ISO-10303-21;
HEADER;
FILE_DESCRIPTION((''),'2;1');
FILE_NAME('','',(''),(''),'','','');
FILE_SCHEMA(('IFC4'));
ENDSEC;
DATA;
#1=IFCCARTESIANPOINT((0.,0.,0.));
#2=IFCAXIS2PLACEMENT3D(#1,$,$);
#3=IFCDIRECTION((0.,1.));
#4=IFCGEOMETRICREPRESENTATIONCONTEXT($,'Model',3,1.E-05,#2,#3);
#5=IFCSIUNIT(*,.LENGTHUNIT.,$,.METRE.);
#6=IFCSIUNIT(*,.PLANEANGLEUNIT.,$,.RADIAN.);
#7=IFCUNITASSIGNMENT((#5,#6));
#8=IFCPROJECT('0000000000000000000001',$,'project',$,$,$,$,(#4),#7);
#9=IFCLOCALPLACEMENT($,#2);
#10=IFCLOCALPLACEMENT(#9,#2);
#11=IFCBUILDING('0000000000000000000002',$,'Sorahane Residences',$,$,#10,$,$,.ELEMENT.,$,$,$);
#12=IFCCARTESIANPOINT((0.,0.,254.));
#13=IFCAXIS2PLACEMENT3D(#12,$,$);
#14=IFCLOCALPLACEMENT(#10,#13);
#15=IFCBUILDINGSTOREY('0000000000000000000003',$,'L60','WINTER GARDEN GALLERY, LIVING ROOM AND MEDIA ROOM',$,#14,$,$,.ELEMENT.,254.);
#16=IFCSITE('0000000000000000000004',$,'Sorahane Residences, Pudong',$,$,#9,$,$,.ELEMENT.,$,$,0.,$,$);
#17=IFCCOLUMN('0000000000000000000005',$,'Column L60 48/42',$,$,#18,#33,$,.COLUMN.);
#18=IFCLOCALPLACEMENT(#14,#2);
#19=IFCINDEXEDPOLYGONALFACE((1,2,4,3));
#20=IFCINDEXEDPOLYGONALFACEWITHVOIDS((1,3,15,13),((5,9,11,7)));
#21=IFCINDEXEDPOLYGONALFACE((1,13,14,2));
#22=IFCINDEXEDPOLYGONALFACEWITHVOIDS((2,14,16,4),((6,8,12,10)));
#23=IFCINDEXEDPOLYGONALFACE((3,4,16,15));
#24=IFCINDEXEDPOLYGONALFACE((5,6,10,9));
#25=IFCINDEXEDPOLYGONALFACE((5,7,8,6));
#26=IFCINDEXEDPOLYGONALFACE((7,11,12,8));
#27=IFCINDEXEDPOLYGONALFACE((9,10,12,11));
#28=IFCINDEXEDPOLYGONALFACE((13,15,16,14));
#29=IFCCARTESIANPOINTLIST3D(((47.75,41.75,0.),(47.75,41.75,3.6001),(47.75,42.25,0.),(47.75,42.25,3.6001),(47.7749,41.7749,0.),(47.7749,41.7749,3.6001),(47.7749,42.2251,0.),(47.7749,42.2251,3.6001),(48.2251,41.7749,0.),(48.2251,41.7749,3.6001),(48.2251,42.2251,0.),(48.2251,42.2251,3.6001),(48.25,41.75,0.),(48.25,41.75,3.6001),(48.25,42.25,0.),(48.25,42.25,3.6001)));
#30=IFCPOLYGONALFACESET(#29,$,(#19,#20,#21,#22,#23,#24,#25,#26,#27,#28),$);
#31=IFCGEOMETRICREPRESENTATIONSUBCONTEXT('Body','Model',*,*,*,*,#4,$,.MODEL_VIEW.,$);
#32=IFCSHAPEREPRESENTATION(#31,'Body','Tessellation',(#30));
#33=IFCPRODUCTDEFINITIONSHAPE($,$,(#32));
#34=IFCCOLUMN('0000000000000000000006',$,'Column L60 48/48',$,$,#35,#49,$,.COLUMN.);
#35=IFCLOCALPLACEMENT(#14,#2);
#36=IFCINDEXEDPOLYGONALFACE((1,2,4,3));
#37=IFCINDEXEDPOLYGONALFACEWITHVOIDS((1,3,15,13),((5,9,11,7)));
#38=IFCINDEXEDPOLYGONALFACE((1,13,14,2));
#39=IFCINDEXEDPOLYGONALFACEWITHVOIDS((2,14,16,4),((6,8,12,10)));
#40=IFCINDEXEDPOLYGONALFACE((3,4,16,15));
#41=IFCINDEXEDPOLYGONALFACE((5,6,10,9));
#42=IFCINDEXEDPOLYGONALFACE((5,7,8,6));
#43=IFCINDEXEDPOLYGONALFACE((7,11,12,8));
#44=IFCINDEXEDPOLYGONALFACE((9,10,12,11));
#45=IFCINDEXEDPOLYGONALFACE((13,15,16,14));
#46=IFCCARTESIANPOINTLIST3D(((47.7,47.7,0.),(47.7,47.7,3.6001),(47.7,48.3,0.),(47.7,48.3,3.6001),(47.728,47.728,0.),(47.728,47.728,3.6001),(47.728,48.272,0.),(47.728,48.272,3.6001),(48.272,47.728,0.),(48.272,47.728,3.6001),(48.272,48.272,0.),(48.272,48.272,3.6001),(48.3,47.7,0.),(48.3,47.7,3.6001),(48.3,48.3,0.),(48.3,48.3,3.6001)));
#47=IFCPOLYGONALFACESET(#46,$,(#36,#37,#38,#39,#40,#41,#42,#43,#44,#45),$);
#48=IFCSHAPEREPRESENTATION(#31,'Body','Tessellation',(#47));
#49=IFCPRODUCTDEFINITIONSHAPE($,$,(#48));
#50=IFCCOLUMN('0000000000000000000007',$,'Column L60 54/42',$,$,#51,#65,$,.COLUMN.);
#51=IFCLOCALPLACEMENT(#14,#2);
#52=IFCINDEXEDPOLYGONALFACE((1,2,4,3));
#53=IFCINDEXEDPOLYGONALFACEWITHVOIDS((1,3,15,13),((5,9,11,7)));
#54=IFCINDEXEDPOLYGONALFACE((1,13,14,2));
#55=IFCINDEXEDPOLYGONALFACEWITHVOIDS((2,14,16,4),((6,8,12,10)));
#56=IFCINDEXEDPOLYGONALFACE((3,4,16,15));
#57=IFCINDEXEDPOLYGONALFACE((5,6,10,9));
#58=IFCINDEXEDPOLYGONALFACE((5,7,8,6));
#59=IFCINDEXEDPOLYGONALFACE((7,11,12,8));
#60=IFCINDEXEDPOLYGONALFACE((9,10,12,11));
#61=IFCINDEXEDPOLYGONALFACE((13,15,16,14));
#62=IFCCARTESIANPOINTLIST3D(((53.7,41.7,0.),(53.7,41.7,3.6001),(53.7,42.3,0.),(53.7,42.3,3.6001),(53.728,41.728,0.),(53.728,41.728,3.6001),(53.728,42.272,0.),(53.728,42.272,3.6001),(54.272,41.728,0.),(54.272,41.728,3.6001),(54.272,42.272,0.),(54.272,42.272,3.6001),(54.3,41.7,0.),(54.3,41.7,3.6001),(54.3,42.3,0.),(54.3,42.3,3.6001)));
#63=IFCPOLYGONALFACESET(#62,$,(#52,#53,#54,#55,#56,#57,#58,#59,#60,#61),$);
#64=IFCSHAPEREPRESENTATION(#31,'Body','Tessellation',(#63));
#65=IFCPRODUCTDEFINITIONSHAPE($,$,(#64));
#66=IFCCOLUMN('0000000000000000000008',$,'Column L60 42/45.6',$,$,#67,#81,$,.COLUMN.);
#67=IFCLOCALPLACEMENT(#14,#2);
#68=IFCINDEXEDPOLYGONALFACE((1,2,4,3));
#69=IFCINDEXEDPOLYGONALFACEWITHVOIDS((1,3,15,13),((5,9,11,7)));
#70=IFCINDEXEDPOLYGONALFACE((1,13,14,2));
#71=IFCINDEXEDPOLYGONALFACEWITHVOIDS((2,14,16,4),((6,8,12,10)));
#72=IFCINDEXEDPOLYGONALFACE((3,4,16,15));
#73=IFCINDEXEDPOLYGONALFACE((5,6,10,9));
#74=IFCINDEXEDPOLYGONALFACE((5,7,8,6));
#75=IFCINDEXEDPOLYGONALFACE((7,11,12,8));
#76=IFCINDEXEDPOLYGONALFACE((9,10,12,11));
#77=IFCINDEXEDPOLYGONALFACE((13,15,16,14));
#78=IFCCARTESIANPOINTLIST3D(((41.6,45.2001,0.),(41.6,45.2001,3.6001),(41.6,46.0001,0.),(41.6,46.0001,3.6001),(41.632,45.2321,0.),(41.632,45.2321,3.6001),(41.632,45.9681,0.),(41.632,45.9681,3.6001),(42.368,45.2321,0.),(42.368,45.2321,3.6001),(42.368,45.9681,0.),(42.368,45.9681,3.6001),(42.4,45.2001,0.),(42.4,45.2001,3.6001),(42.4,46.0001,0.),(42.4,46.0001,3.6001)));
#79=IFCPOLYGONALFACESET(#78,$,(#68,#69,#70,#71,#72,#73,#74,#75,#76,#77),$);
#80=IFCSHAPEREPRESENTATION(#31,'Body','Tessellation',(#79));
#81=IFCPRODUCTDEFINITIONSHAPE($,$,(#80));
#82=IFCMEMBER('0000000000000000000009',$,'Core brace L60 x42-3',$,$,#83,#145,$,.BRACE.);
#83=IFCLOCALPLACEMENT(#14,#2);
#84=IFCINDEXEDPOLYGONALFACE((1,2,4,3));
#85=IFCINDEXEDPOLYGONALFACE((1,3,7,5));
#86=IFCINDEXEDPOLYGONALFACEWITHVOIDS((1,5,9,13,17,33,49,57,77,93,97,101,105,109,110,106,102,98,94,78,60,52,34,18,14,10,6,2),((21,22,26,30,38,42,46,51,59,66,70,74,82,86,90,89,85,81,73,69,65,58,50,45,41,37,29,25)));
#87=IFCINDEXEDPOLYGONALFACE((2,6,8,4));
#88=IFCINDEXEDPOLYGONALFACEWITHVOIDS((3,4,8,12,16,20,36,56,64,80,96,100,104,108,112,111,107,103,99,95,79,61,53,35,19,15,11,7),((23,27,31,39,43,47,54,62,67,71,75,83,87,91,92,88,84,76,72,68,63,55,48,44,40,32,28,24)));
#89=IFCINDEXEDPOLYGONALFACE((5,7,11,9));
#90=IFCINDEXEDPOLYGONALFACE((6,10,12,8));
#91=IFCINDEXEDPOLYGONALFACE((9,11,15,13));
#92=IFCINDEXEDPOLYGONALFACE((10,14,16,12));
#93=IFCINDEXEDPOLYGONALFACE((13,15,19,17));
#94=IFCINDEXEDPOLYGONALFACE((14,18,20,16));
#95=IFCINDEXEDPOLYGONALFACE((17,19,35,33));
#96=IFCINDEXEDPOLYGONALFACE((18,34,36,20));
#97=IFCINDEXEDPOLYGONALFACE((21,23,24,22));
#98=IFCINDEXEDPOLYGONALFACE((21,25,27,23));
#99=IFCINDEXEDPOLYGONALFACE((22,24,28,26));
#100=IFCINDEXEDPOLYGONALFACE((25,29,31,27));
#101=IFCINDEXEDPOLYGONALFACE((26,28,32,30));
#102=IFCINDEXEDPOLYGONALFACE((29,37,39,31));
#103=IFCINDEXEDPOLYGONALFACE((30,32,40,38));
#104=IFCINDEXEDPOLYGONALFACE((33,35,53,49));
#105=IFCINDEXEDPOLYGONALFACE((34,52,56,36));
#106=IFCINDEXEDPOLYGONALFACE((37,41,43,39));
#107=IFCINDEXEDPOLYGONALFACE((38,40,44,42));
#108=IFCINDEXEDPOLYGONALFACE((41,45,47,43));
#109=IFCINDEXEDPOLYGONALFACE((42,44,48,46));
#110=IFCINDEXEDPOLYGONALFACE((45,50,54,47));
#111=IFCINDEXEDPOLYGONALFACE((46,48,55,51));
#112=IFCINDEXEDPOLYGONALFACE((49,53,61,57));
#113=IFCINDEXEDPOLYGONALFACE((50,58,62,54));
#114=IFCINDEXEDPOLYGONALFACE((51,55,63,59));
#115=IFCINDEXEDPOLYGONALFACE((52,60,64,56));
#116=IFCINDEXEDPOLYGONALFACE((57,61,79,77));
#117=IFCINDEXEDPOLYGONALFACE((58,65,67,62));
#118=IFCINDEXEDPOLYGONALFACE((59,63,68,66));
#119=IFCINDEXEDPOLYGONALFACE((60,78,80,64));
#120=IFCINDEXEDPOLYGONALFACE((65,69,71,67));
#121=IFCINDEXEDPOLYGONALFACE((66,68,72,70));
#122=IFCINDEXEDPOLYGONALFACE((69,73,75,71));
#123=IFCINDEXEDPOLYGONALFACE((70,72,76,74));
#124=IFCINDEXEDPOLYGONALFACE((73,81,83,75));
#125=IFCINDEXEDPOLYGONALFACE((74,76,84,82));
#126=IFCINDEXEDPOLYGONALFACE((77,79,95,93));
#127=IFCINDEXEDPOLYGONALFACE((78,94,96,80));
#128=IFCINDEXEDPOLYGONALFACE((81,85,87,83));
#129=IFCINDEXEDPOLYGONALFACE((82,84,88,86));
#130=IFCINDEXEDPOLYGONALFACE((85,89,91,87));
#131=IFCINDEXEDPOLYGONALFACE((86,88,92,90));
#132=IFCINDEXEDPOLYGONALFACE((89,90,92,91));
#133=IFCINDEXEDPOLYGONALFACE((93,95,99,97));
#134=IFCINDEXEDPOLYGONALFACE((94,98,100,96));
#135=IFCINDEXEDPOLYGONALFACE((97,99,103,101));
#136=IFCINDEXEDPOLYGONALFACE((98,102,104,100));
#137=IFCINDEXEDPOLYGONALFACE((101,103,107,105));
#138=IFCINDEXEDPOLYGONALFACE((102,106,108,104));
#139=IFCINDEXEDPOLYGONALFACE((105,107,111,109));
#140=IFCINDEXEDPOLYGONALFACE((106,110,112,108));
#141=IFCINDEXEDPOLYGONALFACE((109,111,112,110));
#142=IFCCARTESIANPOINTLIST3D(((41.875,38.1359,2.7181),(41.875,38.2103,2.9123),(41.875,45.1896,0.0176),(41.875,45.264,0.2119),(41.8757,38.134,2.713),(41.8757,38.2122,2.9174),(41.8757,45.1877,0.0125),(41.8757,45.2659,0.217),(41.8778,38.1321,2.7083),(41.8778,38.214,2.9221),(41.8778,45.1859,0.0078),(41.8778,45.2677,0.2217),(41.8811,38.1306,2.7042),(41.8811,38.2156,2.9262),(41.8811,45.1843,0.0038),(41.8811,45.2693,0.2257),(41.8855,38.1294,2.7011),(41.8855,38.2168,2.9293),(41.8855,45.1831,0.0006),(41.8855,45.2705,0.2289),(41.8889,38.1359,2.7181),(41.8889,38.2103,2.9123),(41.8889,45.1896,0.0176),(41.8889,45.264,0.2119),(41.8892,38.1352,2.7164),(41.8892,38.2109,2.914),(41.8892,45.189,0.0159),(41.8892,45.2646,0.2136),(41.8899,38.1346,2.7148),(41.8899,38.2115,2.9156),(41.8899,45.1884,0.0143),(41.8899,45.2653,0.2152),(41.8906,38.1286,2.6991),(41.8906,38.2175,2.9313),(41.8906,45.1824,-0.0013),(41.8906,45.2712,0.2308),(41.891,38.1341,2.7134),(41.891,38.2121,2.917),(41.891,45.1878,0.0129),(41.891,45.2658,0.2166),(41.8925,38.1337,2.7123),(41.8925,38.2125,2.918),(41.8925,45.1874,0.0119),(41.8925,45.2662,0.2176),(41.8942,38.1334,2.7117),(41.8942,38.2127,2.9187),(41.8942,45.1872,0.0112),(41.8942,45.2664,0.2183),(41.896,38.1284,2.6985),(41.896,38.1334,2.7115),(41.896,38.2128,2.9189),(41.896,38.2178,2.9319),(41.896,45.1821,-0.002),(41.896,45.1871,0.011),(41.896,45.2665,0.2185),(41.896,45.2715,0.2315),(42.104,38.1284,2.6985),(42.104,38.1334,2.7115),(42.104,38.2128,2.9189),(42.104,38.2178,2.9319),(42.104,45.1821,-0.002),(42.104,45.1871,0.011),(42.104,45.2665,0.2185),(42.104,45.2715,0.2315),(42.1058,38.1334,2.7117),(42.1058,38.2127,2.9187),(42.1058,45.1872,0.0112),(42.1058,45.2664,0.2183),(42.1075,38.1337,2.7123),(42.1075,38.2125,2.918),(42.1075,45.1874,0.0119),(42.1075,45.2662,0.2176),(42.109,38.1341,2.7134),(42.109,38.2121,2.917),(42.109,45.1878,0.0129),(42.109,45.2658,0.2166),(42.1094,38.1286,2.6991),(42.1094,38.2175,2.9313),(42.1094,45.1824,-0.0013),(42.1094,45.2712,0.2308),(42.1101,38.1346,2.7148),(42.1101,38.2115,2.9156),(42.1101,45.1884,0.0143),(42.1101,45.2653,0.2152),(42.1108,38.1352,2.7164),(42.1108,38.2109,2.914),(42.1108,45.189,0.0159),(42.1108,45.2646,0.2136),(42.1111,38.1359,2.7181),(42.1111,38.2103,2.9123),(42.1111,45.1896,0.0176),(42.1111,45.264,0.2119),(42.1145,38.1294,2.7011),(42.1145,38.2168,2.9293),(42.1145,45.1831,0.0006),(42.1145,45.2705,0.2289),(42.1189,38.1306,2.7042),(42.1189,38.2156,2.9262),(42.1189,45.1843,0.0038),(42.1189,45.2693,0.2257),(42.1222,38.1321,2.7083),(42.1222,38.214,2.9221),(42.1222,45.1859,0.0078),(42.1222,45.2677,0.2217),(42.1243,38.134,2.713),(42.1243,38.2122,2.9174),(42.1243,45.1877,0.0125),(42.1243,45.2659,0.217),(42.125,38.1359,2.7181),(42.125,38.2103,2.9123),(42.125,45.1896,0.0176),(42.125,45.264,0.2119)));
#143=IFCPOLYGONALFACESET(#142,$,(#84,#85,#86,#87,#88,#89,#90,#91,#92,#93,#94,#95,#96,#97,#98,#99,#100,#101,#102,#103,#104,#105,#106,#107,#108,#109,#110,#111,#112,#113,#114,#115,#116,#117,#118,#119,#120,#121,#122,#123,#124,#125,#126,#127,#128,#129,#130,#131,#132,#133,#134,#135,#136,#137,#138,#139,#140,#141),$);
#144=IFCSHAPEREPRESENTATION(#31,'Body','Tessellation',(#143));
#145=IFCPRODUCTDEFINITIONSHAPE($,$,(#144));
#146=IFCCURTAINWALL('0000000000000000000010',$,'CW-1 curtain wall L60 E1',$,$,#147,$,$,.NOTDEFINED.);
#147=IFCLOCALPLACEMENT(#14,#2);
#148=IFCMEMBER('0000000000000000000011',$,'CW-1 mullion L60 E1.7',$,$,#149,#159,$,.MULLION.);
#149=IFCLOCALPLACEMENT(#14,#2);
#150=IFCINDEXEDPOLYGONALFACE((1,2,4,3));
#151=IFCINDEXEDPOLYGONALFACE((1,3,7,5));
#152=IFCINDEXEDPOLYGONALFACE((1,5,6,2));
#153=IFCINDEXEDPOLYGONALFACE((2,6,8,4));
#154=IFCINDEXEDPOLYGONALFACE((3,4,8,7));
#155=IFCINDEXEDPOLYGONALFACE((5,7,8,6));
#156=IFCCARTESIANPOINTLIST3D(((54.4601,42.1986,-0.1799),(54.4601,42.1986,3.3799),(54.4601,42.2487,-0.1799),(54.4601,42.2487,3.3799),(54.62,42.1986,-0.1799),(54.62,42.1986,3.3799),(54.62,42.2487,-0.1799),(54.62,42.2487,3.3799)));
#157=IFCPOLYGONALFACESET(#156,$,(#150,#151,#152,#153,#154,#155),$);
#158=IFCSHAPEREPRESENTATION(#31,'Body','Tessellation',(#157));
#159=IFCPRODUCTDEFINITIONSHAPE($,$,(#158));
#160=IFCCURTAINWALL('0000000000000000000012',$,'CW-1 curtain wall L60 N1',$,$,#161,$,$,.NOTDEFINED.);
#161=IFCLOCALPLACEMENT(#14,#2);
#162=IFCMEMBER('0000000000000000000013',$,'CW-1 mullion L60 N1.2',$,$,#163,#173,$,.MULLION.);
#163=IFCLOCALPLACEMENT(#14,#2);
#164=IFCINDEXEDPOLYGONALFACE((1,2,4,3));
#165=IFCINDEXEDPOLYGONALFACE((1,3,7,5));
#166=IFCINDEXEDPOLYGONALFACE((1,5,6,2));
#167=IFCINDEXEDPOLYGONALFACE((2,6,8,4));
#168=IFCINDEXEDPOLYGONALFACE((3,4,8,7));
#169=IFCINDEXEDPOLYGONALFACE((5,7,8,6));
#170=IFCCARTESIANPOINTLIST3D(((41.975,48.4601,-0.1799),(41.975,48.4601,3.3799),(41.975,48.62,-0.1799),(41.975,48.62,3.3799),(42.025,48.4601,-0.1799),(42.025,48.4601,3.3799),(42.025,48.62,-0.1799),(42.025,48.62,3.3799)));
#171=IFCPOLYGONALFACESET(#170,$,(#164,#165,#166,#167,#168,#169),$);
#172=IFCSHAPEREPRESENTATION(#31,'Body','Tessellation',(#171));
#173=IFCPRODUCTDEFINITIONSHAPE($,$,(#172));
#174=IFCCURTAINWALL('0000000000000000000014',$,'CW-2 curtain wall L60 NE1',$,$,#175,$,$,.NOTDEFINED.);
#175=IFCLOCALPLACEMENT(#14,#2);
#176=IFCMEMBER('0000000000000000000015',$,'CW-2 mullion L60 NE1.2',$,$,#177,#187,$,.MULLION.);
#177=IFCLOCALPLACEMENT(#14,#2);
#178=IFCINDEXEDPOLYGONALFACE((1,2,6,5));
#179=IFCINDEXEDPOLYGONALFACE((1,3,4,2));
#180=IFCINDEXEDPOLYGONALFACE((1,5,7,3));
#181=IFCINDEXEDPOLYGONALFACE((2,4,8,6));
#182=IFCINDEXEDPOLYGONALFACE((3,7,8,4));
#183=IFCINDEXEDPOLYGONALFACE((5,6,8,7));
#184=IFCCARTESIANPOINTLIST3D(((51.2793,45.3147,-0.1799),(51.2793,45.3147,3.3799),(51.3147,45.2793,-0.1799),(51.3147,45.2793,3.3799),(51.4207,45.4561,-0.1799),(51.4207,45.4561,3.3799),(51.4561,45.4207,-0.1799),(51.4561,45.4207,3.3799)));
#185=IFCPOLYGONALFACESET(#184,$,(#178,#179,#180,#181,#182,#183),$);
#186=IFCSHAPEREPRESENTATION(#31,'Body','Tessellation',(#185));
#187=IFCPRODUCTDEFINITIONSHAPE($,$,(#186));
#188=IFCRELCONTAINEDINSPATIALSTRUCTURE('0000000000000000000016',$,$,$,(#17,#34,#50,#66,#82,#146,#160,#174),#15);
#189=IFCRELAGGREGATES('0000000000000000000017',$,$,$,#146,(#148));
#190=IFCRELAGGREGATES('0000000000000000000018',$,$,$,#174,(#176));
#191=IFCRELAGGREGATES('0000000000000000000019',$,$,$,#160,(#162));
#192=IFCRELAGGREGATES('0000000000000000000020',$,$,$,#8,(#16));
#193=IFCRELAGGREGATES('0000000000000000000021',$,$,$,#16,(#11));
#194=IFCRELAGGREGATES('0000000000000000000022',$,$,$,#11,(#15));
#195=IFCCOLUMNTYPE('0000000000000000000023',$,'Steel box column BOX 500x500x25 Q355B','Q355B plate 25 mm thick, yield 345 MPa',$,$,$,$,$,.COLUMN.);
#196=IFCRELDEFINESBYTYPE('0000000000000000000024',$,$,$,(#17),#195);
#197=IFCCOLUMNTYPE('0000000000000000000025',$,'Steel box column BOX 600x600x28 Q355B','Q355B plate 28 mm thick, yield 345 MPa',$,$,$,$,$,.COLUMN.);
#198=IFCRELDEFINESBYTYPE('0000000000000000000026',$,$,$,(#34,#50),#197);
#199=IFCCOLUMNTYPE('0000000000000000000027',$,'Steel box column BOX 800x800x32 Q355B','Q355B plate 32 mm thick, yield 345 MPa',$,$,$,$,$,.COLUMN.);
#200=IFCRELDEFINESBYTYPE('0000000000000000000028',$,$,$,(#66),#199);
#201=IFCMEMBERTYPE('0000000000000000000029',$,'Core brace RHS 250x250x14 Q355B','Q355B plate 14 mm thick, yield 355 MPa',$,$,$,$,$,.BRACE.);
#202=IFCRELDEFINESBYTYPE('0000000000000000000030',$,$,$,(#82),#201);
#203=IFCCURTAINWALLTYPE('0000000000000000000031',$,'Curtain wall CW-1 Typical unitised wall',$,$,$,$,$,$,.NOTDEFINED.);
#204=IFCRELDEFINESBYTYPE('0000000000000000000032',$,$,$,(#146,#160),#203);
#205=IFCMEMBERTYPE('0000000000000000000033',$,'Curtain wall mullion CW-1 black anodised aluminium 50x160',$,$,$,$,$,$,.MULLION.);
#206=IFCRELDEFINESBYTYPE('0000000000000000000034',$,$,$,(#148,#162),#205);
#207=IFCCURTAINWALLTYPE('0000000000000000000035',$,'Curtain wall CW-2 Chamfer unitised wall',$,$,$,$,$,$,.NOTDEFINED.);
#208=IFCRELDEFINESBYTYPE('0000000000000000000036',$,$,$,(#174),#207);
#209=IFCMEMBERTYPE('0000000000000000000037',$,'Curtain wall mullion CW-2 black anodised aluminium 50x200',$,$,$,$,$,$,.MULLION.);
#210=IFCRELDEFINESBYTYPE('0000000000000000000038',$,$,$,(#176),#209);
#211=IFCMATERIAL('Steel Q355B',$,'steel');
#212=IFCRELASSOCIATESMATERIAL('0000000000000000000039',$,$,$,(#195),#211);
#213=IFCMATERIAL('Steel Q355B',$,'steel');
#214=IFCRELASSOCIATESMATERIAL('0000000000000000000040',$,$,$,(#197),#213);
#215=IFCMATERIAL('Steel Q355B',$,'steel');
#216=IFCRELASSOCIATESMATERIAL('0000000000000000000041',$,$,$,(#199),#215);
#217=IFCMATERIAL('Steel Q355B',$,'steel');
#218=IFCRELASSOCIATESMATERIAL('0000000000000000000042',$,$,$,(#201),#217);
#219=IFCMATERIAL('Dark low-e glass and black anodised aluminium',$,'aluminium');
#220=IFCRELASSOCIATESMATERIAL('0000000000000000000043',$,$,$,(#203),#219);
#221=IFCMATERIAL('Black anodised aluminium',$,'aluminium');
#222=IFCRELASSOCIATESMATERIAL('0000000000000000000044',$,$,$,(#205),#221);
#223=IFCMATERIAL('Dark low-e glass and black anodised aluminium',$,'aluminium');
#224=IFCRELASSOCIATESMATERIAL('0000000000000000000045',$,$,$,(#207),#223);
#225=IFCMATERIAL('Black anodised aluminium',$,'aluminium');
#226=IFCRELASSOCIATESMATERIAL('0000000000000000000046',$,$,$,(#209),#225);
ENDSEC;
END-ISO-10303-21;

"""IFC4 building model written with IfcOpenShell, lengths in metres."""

from ifc_helpers import new_model, si_unit, direction, frame, origin, origin_2d, place, context, subcontext, project, spatial, rectangle, hollow_rectangle, extrude, material, material_profile, profile_set, type_object, element, aggregate, save


model = new_model("IFC4")

# Units and contexts
model_context = context("Model", 3, precision=1e-05, world=origin(), true_north=direction((0.0, 1.0)))
body_context = subcontext(model_context, "Body", "Model", "MODEL_VIEW")
ifc_project = project(units=[si_unit("LENGTHUNIT", "METRE"), si_unit("PLANEANGLEUNIT", "RADIAN")], contexts=[model_context])

# Site, building, storey
site_placement = place(None, origin())
site = spatial("IfcSite", under=ifc_project, at=site_placement, Name="Sorahane Residences, Pudong", CompositionType="ELEMENT", RefElevation=0.0)
building_placement = place(site_placement, origin())
building = spatial("IfcBuilding", under=site, at=building_placement, Name="Sorahane Residences", CompositionType="ELEMENT")
storey_placement = place(building_placement, frame((0.0, 0.0, 254.0)))
storey = spatial("IfcBuildingStorey", under=building, at=storey_placement, Name="L60", Description="WINTER GARDEN GALLERY, LIVING ROOM AND MEDIA ROOM", CompositionType="ELEMENT", Elevation=254.0)

# Columns
ifc_material_1 = material(Name="Steel Q355B", Category="steel")
ifc_material_profile_1 = material_profile(ifc_material_1, hollow_rectangle(XDim=0.5, YDim=0.5, WallThickness=0.0249, at=origin_2d()), Name="BOX 500x500x25")
ifc_profile_set_1 = profile_set([ifc_material_profile_1], Name="Steel Q355B")
column_type_1 = type_object("IfcColumnType", Name="Steel box column BOX 500x500x25 Q355B", Description="Q355B plate 25 mm thick, yield 345 MPa", PredefinedType="COLUMN", material=ifc_profile_set_1)
column_1_placement = place(storey_placement, frame((48.0, 42.0, 0.0), z_axis=(0.0, 0.0, 1.0), x_axis=(1.0, 0.0, 0.0)))
element("IfcColumn", 1, at=column_1_placement, inside=storey, type_object=column_type_1, Name="Column L60 48/42", PredefinedType="COLUMN", context=body_context, shape_type="SweptSolid", body=[
    extrude(hollow_rectangle(XDim=0.5, YDim=0.5, WallThickness=0.0249, at=origin_2d()), origin(), (0.0, 0.0, 1.0), 3.6001),
])
ifc_material_2 = material(Name="Steel Q355B", Category="steel")
ifc_material_profile_2 = material_profile(ifc_material_2, hollow_rectangle(XDim=0.6001, YDim=0.6001, WallThickness=0.0281, at=origin_2d()), Name="BOX 600x600x28")
ifc_profile_set_2 = profile_set([ifc_material_profile_2], Name="Steel Q355B")
column_type_2 = type_object("IfcColumnType", Name="Steel box column BOX 600x600x28 Q355B", Description="Q355B plate 28 mm thick, yield 345 MPa", PredefinedType="COLUMN", material=ifc_profile_set_2)
for number, where, z_axis, x_axis, name in (
    (2, (48.0, 48.0, 0.0), (0.0, 0.0, 1.0), (1.0, 0.0, 0.0), "Column L60 48/48"),
    (3, (54.0, 42.0, 0.0), (0.0, 0.0, 1.0), (1.0, 0.0, 0.0), "Column L60 54/42"),
):
    element("IfcColumn", number, at=place(storey_placement, frame(where, z_axis=z_axis, x_axis=x_axis)), inside=storey, type_object=column_type_2, Name=name, PredefinedType="COLUMN", context=body_context, shape_type="SweptSolid", body=[
        extrude(hollow_rectangle(XDim=0.6001, YDim=0.6001, WallThickness=0.0281, at=origin_2d()), origin(), (0.0, 0.0, 1.0), 3.6001),
    ])
ifc_material_3 = material(Name="Steel Q355B", Category="steel")
ifc_material_profile_3 = material_profile(ifc_material_3, hollow_rectangle(XDim=0.8, YDim=0.8, WallThickness=0.032, at=origin_2d()), Name="BOX 800x800x32")
ifc_profile_set_3 = profile_set([ifc_material_profile_3], Name="Steel Q355B")
column_type_3 = type_object("IfcColumnType", Name="Steel box column BOX 800x800x32 Q355B", Description="Q355B plate 32 mm thick, yield 345 MPa", PredefinedType="COLUMN", material=ifc_profile_set_3)
column_2_placement = place(storey_placement, frame((42.0, 45.6001, 0.0), z_axis=(0.0, 0.0, 1.0), x_axis=(1.0, 0.0, 0.0)))
element("IfcColumn", 4, at=column_2_placement, inside=storey, type_object=column_type_3, Name="Column L60 42/45.6", PredefinedType="COLUMN", context=body_context, shape_type="SweptSolid", body=[
    extrude(hollow_rectangle(XDim=0.8, YDim=0.8, WallThickness=0.032, at=origin_2d()), origin(), (0.0, 0.0, 1.0), 3.6001),
])

# Member
ifc_material_4 = material(Name="Steel Q355B", Category="steel")
ifc_material_profile_4 = material_profile(ifc_material_4, hollow_rectangle(XDim=0.25, YDim=0.25, WallThickness=0.0139, InnerFilletRadius=0.0071, OuterFilletRadius=0.021, at=origin_2d()), Name="RHS 250x250x14")
ifc_profile_set_4 = profile_set([ifc_material_profile_4], Name="Steel Q355B")
member_type_1 = type_object("IfcMemberType", Name="Core brace RHS 250x250x14 Q355B", Description="Q355B plate 14 mm thick, yield 355 MPa", PredefinedType="BRACE", material=ifc_profile_set_4)
member_1_placement = place(storey_placement, frame((42.0, 45.2268, 0.1147), z_axis=(0.0, -0.9339, 0.357534), x_axis=(1.0, 0.0, 0.0)))
element("IfcMember", 5, at=member_1_placement, inside=storey, type_object=member_type_1, Name="Core brace L60 x42-3", PredefinedType="BRACE", context=body_context, shape_type="SweptSolid", body=[
    extrude(hollow_rectangle(XDim=0.25, YDim=0.25, WallThickness=0.0139, InnerFilletRadius=0.0071, OuterFilletRadius=0.021, at=origin_2d()), origin(), (0.0, 0.0, 1.0), 7.553),
])

# Curtain walls, members
ifc_material_5 = material(Name="Dark low-e glass and black anodised aluminium", Category="aluminium")
curtain_wall_type_1 = type_object("IfcCurtainWallType", Name="Curtain wall CW-1 Typical unitised wall", PredefinedType="NOTDEFINED", material=ifc_material_5)
curtain_wall_1_placement = place(storey_placement, origin())
curtain_wall_1 = element("IfcCurtainWall", 6, at=curtain_wall_1_placement, inside=storey, type_object=curtain_wall_type_1, Name="CW-1 curtain wall L60 E1", PredefinedType="NOTDEFINED")
ifc_material_6 = material(Name="Black anodised aluminium", Category="aluminium")
ifc_material_profile_5 = material_profile(ifc_material_6, rectangle(XDim=0.1599, YDim=0.05, at=origin_2d()), Name="Curtain wall mullion CW-1 black anodised aluminium 50x160")
ifc_profile_set_5 = profile_set([ifc_material_profile_5], Name="Black anodised aluminium")
member_type_2 = type_object("IfcMemberType", Name="Curtain wall mullion CW-1 black anodised aluminium 50x160", PredefinedType="MULLION", material=ifc_profile_set_5)
member_2_placement = place(storey_placement, frame((54.54, 42.2236, -0.1799), z_axis=(0.0, 0.0, 1.0), x_axis=(1.0, 0.0, 0.0)))
member_2 = element("IfcMember", 7, at=member_2_placement, type_object=member_type_2, Name="CW-1 mullion L60 E1.7", PredefinedType="MULLION", context=body_context, shape_type="SweptSolid", body=[
    extrude(rectangle(XDim=0.1599, YDim=0.05, at=origin_2d()), origin(), (0.0, 0.0, 1.0), 3.5598),
])
curtain_wall_2_placement = place(storey_placement, origin())
curtain_wall_2 = element("IfcCurtainWall", 8, at=curtain_wall_2_placement, inside=storey, type_object=curtain_wall_type_1, Name="CW-1 curtain wall L60 N1", PredefinedType="NOTDEFINED")
member_3_placement = place(storey_placement, frame((42.0, 48.54, -0.1799), z_axis=(0.0, 0.0, 1.0), x_axis=(0.0, 1.0, 0.0)))
member_3 = element("IfcMember", 9, at=member_3_placement, type_object=member_type_2, Name="CW-1 mullion L60 N1.2", PredefinedType="MULLION", context=body_context, shape_type="SweptSolid", body=[
    extrude(rectangle(XDim=0.1599, YDim=0.05, at=origin_2d()), origin(), (0.0, 0.0, 1.0), 3.5598),
])

# Curtain wall, member
ifc_material_7 = material(Name="Dark low-e glass and black anodised aluminium", Category="aluminium")
curtain_wall_type_2 = type_object("IfcCurtainWallType", Name="Curtain wall CW-2 Chamfer unitised wall", PredefinedType="NOTDEFINED", material=ifc_material_7)
curtain_wall_3_placement = place(storey_placement, origin())
curtain_wall_3 = element("IfcCurtainWall", 10, at=curtain_wall_3_placement, inside=storey, type_object=curtain_wall_type_2, Name="CW-2 curtain wall L60 NE1", PredefinedType="NOTDEFINED")
ifc_material_8 = material(Name="Black anodised aluminium", Category="aluminium")
ifc_material_profile_6 = material_profile(ifc_material_8, rectangle(XDim=0.2, YDim=0.05, at=origin_2d()), Name="Curtain wall mullion CW-2 black anodised aluminium 50x200")
ifc_profile_set_6 = profile_set([ifc_material_profile_6], Name="Black anodised aluminium")
member_type_3 = type_object("IfcMemberType", Name="Curtain wall mullion CW-2 black anodised aluminium 50x200", PredefinedType="MULLION", material=ifc_profile_set_6)
member_4_placement = place(storey_placement, frame((51.3677, 45.3677, -0.1799), z_axis=(0.0, 0.0, 1.0), x_axis=(0.707107, 0.707107, 0.0)))
member_4 = element("IfcMember", 11, at=member_4_placement, type_object=member_type_3, Name="CW-2 mullion L60 NE1.2", PredefinedType="MULLION", context=body_context, shape_type="SweptSolid", body=[
    extrude(rectangle(XDim=0.2, YDim=0.05, at=origin_2d()), origin(), (0.0, 0.0, 1.0), 3.5598),
])

aggregate(curtain_wall_1, [member_2])
aggregate(curtain_wall_3, [member_4])
aggregate(curtain_wall_2, [member_3])

save(model, "model.ifc")
